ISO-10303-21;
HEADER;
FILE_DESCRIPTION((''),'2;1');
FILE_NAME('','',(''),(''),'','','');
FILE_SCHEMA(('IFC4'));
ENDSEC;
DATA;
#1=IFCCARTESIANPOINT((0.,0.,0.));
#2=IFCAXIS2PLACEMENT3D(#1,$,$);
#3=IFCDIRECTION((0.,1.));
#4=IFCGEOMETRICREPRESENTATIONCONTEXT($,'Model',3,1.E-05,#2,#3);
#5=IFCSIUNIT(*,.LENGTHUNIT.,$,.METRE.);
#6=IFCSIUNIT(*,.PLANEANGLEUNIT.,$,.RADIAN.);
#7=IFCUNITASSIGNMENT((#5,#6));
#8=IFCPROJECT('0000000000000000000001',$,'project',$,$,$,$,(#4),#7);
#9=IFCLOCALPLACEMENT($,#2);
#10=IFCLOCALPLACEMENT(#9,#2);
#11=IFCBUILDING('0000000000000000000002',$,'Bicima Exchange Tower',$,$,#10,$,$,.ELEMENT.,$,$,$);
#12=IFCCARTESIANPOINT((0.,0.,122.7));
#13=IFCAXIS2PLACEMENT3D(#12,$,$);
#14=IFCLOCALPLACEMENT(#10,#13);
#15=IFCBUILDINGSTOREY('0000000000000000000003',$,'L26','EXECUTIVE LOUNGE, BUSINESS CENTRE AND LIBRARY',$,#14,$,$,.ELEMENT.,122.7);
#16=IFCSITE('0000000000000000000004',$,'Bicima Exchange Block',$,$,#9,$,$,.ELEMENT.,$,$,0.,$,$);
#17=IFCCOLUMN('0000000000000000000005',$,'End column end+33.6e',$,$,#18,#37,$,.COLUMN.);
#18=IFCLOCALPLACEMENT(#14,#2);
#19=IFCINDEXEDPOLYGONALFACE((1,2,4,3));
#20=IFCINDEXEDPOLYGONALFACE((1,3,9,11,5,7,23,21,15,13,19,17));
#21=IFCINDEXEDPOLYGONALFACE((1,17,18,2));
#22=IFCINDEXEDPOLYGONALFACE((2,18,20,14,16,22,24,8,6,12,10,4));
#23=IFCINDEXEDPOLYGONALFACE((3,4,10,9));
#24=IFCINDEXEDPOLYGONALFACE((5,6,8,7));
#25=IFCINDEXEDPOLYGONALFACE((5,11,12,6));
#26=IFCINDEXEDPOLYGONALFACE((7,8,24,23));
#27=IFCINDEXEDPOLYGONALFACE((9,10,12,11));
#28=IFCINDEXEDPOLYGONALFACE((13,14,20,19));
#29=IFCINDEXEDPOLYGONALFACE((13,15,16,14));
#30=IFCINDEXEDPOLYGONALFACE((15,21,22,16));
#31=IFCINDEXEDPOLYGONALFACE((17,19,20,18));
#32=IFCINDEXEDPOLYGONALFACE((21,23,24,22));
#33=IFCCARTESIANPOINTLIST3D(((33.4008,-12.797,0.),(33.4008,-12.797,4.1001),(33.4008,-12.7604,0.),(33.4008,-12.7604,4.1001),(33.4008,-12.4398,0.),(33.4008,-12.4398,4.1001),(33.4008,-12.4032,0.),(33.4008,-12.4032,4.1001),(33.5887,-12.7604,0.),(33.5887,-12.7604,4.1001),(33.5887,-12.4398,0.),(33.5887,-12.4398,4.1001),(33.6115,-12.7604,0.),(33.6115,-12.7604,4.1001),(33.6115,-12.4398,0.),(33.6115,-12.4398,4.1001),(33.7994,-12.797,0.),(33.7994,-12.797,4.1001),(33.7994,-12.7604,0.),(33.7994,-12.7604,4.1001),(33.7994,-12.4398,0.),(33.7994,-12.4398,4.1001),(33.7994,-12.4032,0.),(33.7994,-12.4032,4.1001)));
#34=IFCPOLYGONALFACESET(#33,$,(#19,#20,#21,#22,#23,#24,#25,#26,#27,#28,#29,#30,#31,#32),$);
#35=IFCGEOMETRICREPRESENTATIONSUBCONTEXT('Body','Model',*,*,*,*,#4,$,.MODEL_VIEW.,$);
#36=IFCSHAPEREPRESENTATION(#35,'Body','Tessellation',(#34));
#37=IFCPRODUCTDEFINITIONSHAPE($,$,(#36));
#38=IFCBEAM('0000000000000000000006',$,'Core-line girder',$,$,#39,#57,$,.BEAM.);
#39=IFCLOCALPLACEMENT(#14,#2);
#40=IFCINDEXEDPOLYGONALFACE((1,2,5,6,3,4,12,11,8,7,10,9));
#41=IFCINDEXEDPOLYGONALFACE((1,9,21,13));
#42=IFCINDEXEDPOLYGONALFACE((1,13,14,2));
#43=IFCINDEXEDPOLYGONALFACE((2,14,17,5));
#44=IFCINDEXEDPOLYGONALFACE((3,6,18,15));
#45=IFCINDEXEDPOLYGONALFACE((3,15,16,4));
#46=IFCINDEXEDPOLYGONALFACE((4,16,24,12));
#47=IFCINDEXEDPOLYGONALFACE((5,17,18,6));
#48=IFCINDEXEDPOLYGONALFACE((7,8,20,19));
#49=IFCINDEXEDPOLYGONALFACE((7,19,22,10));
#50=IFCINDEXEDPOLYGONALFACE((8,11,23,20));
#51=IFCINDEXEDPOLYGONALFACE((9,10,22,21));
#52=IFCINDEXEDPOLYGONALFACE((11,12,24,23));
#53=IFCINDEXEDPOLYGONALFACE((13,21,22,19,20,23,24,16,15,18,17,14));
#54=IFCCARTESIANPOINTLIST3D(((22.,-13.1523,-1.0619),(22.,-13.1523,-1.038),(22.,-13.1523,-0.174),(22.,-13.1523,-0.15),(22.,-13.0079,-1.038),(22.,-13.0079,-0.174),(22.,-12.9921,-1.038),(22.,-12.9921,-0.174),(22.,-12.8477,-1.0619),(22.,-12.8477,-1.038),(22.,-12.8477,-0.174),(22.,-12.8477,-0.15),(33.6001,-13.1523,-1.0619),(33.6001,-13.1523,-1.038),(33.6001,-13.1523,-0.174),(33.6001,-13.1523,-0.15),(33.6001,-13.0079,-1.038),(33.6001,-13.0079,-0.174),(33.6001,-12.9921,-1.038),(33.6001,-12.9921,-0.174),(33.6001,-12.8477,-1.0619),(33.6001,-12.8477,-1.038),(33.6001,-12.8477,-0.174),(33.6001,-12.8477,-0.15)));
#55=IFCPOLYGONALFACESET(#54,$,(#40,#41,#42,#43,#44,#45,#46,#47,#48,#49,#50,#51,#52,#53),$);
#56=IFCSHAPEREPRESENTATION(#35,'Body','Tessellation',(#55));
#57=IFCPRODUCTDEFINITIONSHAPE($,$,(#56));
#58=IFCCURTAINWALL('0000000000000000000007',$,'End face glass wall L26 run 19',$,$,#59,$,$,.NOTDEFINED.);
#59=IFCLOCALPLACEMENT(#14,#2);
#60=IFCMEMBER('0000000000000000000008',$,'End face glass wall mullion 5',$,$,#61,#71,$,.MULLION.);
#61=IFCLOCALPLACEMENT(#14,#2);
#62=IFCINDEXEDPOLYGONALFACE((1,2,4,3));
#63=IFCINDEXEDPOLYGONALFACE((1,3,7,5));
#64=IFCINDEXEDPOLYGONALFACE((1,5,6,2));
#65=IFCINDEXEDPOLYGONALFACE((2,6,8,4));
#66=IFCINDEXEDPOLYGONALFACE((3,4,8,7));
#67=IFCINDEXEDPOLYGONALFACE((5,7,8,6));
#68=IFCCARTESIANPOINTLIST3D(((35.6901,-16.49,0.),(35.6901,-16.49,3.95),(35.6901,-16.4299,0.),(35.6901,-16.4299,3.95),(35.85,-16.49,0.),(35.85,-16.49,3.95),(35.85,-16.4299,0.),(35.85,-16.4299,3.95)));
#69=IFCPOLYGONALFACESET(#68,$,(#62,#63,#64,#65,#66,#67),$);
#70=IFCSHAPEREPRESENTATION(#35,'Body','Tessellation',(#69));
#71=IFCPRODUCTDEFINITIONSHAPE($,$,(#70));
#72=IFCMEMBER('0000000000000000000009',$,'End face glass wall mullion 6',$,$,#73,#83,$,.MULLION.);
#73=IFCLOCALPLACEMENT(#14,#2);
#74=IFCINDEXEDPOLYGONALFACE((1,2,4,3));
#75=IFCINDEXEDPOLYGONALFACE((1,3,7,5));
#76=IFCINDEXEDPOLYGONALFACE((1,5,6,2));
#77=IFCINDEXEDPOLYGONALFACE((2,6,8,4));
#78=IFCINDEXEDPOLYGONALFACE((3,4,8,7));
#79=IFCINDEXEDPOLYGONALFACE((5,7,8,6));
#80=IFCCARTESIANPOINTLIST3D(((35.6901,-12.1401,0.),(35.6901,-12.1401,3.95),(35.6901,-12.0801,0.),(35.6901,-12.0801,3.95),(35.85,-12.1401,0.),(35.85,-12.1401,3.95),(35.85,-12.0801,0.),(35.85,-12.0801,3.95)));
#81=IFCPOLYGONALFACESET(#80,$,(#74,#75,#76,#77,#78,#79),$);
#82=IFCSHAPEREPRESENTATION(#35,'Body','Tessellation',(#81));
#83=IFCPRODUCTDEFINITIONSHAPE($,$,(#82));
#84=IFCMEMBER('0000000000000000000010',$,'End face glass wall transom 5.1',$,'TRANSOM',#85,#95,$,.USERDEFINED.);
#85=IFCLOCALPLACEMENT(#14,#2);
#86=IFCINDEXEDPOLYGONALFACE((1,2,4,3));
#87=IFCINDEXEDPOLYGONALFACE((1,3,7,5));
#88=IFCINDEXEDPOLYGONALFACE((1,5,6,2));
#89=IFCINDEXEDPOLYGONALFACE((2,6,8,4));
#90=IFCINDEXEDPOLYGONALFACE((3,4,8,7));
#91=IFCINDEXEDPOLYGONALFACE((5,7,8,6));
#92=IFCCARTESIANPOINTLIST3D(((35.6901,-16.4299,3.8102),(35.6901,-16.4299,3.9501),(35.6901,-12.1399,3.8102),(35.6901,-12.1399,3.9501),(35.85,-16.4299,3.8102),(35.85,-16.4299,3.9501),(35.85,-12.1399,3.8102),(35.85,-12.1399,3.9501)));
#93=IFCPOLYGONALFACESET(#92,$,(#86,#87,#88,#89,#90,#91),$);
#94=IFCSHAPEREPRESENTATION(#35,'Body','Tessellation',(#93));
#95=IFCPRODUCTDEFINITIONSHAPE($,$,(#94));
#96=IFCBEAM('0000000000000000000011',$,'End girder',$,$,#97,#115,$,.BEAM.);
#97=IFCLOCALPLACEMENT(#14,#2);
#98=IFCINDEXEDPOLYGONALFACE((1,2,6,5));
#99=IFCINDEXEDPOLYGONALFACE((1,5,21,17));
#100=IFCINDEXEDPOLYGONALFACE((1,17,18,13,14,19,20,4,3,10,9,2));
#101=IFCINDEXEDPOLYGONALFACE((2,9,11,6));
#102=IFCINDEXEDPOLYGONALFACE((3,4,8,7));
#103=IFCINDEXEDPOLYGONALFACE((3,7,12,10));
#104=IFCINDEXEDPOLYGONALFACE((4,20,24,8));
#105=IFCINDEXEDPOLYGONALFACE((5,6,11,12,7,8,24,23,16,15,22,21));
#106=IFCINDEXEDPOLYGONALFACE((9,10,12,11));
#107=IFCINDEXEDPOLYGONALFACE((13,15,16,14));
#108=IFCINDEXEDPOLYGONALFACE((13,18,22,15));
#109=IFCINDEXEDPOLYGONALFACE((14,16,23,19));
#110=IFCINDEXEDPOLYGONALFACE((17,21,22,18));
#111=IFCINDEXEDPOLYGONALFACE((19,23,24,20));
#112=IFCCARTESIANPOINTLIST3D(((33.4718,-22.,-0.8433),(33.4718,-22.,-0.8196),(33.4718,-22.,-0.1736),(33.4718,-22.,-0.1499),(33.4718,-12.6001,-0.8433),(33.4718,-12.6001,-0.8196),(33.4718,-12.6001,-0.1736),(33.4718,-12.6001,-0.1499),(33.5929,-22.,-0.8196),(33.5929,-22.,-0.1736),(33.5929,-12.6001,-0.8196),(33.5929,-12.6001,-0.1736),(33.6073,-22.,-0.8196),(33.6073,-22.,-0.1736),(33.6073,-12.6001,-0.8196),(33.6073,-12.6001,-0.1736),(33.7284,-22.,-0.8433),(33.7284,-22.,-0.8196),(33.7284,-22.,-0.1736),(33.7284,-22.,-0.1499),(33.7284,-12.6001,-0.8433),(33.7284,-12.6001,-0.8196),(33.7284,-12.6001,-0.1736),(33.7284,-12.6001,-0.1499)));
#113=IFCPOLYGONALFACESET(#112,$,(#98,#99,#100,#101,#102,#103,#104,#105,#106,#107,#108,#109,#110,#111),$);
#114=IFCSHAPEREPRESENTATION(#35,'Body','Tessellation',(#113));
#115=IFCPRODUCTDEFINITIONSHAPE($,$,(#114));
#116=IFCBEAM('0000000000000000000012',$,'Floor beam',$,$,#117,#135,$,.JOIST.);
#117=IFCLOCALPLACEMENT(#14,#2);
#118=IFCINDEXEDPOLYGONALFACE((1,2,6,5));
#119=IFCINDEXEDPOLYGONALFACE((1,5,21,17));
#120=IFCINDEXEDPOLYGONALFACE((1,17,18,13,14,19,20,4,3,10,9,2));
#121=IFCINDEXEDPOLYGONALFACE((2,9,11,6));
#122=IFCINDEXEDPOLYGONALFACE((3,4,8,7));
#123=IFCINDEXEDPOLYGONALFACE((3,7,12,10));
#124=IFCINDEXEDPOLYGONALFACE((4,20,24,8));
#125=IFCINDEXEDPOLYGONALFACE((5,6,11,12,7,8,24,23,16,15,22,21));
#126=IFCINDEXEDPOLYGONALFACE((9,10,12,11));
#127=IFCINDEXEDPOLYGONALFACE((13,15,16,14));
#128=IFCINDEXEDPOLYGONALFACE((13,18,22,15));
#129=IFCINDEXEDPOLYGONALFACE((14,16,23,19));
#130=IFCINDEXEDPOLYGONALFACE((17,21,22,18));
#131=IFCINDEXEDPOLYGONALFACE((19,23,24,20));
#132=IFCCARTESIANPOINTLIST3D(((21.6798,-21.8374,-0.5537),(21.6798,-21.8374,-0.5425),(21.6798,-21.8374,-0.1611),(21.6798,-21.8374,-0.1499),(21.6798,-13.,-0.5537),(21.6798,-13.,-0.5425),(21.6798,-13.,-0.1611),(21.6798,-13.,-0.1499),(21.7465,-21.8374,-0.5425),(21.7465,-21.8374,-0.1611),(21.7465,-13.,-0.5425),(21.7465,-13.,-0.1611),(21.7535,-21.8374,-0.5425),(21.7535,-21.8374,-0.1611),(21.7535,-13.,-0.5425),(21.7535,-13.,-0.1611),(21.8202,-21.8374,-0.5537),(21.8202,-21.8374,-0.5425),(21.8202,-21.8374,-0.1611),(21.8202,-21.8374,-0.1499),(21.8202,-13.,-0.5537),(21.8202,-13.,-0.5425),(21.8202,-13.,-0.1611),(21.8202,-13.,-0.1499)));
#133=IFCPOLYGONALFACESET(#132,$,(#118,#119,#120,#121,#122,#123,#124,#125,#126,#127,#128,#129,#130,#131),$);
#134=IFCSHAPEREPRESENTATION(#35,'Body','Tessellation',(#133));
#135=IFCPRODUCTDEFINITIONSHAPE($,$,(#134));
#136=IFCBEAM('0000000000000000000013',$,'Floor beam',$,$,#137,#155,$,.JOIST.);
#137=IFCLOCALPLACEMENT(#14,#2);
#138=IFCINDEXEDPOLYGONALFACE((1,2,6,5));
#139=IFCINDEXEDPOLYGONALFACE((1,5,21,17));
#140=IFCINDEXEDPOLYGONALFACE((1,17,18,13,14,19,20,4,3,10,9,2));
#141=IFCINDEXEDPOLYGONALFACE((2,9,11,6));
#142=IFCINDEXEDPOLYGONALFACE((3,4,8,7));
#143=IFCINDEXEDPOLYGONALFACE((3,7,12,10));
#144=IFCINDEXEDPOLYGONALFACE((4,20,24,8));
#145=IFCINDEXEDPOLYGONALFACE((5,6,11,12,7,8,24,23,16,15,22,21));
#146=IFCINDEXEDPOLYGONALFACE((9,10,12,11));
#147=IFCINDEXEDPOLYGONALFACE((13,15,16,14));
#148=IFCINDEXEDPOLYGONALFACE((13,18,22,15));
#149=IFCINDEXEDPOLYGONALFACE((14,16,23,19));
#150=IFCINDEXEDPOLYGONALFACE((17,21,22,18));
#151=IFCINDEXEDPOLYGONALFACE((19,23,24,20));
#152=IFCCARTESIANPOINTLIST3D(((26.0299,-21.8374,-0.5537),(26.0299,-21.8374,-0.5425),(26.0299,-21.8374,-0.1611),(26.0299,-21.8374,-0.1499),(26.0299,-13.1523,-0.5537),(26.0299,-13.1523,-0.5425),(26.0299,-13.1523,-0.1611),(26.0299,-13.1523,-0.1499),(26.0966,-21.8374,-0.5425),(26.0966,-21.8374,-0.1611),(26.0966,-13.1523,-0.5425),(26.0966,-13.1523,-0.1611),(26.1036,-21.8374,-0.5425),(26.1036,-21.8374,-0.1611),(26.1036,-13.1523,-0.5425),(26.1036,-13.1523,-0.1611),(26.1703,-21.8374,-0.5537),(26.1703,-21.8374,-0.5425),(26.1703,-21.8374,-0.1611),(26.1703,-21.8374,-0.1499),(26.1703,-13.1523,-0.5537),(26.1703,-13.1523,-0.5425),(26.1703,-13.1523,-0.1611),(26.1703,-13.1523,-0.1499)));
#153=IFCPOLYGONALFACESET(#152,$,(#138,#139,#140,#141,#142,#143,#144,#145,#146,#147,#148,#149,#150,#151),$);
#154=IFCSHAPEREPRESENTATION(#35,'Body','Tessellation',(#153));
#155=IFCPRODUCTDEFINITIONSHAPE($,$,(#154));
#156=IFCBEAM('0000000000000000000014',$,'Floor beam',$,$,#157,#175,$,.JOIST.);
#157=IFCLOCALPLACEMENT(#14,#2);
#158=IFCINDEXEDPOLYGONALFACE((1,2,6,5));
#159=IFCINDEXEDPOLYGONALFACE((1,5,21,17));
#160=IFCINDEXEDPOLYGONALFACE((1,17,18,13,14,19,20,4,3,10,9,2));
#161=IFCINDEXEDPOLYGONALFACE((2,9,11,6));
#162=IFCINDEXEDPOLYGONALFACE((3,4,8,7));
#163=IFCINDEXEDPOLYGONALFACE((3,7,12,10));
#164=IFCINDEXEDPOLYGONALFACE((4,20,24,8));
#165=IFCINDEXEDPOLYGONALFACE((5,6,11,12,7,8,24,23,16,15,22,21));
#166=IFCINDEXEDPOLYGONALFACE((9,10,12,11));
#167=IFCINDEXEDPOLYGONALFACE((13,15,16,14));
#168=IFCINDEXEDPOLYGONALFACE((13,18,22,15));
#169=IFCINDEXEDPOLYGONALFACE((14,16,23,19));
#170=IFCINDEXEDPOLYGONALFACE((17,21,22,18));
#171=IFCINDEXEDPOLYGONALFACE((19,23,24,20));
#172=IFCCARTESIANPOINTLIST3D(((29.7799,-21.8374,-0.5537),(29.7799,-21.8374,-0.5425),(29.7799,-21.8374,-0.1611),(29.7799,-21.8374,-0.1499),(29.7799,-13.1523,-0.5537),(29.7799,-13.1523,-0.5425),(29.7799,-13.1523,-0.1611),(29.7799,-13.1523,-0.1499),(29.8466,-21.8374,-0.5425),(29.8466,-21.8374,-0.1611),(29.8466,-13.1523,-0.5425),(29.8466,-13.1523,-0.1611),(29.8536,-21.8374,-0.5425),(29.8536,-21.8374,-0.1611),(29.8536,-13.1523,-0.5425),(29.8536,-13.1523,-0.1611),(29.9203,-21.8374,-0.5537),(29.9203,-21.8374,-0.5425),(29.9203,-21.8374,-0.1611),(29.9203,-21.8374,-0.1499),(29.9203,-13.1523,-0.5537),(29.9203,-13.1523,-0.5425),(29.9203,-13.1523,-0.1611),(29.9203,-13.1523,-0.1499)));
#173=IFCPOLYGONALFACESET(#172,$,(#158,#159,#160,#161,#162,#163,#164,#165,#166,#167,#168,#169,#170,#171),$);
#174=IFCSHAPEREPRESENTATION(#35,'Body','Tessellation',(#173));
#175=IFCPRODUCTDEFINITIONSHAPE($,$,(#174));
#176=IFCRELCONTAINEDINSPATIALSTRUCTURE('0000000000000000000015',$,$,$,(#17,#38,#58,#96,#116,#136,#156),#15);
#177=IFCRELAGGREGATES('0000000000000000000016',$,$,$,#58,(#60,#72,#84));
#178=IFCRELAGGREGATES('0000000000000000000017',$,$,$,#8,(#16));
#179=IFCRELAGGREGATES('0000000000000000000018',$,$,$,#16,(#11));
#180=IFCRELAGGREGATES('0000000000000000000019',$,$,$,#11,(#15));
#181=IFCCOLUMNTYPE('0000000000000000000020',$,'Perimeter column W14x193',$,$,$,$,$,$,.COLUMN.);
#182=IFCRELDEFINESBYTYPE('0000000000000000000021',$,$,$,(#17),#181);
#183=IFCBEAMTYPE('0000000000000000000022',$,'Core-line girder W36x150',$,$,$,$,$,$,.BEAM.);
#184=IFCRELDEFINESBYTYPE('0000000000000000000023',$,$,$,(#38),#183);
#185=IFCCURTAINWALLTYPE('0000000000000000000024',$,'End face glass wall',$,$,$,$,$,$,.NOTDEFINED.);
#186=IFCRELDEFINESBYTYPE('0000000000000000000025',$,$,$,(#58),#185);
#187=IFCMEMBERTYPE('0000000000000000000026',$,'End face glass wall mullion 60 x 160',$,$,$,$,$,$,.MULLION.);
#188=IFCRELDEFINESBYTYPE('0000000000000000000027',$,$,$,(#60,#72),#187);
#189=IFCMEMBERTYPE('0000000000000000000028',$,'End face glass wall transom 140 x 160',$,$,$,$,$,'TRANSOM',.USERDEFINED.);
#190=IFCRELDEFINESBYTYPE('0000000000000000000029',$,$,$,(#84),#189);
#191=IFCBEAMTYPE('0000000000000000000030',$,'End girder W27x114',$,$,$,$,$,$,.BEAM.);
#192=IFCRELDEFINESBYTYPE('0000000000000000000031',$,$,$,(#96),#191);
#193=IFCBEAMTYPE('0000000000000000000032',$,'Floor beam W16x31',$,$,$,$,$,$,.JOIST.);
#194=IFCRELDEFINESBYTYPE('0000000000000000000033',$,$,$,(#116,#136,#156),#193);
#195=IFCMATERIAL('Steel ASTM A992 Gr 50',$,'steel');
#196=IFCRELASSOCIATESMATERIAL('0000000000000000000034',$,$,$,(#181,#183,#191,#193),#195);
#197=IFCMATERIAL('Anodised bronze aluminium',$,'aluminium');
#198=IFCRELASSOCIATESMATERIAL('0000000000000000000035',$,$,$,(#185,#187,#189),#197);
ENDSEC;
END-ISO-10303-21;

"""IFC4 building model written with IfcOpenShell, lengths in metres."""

from ifc_helpers import new_model, si_unit, direction, frame, origin, origin_2d, place, context, subcontext, project, spatial, rectangle, i_section, extrude, material, material_profile, profile_set, type_object, element, aggregate, save


model = new_model("IFC4")

# Units and contexts
model_context = context("Model", 3, precision=1e-05, world=origin(), true_north=direction((0.0, 1.0)))
body_context = subcontext(model_context, "Body", "Model", "MODEL_VIEW")
ifc_project = project(units=[si_unit("LENGTHUNIT", "METRE"), si_unit("PLANEANGLEUNIT", "RADIAN")], contexts=[model_context])

# Site, building, storey
site_placement = place(None, origin())
site = spatial("IfcSite", under=ifc_project, at=site_placement, Name="Bicima Exchange Block", CompositionType="ELEMENT", RefElevation=0.0)
building_placement = place(site_placement, origin())
building = spatial("IfcBuilding", under=site, at=building_placement, Name="Bicima Exchange Tower", CompositionType="ELEMENT")
storey_placement = place(building_placement, frame((0.0, 0.0, 122.7)))
storey = spatial("IfcBuildingStorey", under=building, at=storey_placement, Name="L26", Description="EXECUTIVE LOUNGE, BUSINESS CENTRE AND LIBRARY", CompositionType="ELEMENT", Elevation=122.7)

# Column
ifc_material_1 = material(Name="Steel ASTM A992 Gr 50", Category="steel")
ifc_material_profile_1 = material_profile(ifc_material_1, i_section(OverallWidth=0.3987, OverallDepth=0.3938, WebThickness=0.0227, FlangeThickness=0.0366, at=origin_2d()))
ifc_profile_set_1 = profile_set([ifc_material_profile_1], Name="Steel ASTM A992 Gr 50")
column_type = type_object("IfcColumnType", Name="Perimeter column W14x193", PredefinedType="COLUMN", material=ifc_profile_set_1)
column_placement = place(storey_placement, frame((33.6001, -12.6001, 0.0), z_axis=(0.0, 0.0, 1.0), x_axis=(1.0, 0.0, 0.0)))
element("IfcColumn", 1, at=column_placement, inside=storey, type_object=column_type, Name="End column end+33.6e", PredefinedType="COLUMN", context=body_context, shape_type="SweptSolid", body=[
    extrude(i_section(OverallWidth=0.3987, OverallDepth=0.3938, WebThickness=0.0227, FlangeThickness=0.0366, at=origin_2d()), origin(), (0.0, 0.0, 1.0), 4.1001),
])

# Beam
ifc_material_profile_2 = material_profile(ifc_material_1, i_section(OverallWidth=0.3047, OverallDepth=0.9119, WebThickness=0.0159, FlangeThickness=0.0239, at=origin_2d()))
ifc_profile_set_2 = profile_set([ifc_material_profile_2], Name="Steel ASTM A992 Gr 50")
beam_type_1 = type_object("IfcBeamType", Name="Core-line girder W36x150", PredefinedType="BEAM", material=ifc_profile_set_2)
beam_1_placement = place(storey_placement, frame((22.0, -13.0, -0.606), z_axis=(1.0, 0.0, 0.0), x_axis=(0.0, 1.0, 0.0)))
element("IfcBeam", 2, at=beam_1_placement, inside=storey, type_object=beam_type_1, Name="Core-line girder", PredefinedType="BEAM", context=body_context, shape_type="SweptSolid", body=[
    extrude(i_section(OverallWidth=0.3047, OverallDepth=0.9119, WebThickness=0.0159, FlangeThickness=0.0239, at=origin_2d()), origin(), (0.0, 0.0, 1.0), 11.6001),
])

# Curtain wall, members
ifc_material_2 = material(Name="Anodised bronze aluminium", Category="aluminium")
curtain_wall_type = type_object("IfcCurtainWallType", Name="End face glass wall", PredefinedType="NOTDEFINED", material=ifc_material_2)
curtain_wall_placement = place(storey_placement, origin())
curtain_wall = element("IfcCurtainWall", 3, at=curtain_wall_placement, inside=storey, type_object=curtain_wall_type, Name="End face glass wall L26 run 19", PredefinedType="NOTDEFINED")
ifc_material_profile_3 = material_profile(ifc_material_2, rectangle(XDim=0.1599, YDim=0.0601, at=origin_2d()))
ifc_profile_set_3 = profile_set([ifc_material_profile_3], Name="Anodised bronze aluminium")
member_type_1 = type_object("IfcMemberType", Name="End face glass wall mullion 60 x 160", PredefinedType="MULLION", material=ifc_profile_set_3)
member_1_placement = place(storey_placement, frame((35.77, -16.46, 0.0), z_axis=(0.0, 0.0, 1.0), x_axis=(-1.0, 0.0, 0.0)))
member_1 = element("IfcMember", 4, at=member_1_placement, type_object=member_type_1, Name="End face glass wall mullion 5", PredefinedType="MULLION", context=body_context, shape_type="SweptSolid", body=[
    extrude(rectangle(XDim=0.1599, YDim=0.0601, at=origin_2d()), origin(), (0.0, 0.0, 1.0), 3.95),
])
member_2_placement = place(storey_placement, frame((35.77, -12.1101, 0.0), z_axis=(0.0, 0.0, 1.0), x_axis=(-1.0, 0.0, 0.0)))
member_2 = element("IfcMember", 5, at=member_2_placement, type_object=member_type_1, Name="End face glass wall mullion 6", PredefinedType="MULLION", context=body_context, shape_type="SweptSolid", body=[
    extrude(rectangle(XDim=0.1599, YDim=0.0601, at=origin_2d()), origin(), (0.0, 0.0, 1.0), 3.95),
])
ifc_material_profile_4 = material_profile(ifc_material_2, rectangle(XDim=0.1599, YDim=0.1399, at=origin_2d()))
ifc_profile_set_4 = profile_set([ifc_material_profile_4], Name="Anodised bronze aluminium")
member_type_2 = type_object("IfcMemberType", Name="End face glass wall transom 140 x 160", ElementType="TRANSOM", PredefinedType="USERDEFINED", material=ifc_profile_set_4)
member_3_placement = place(storey_placement, frame((35.77, -16.4299, 3.8801), z_axis=(0.0, 1.0, 0.0), x_axis=(-1.0, 0.0, 0.0)))
member_3 = element("IfcMember", 6, at=member_3_placement, type_object=member_type_2, Name="End face glass wall transom 5.1", ObjectType="TRANSOM", PredefinedType="USERDEFINED", context=body_context, shape_type="SweptSolid", body=[
    extrude(rectangle(XDim=0.1599, YDim=0.1399, at=origin_2d()), origin(), (0.0, 0.0, 1.0), 4.29),
])

# Beams
ifc_material_profile_5 = material_profile(ifc_material_1, i_section(OverallWidth=0.2566, OverallDepth=0.6934, WebThickness=0.0144, FlangeThickness=0.0237, at=origin_2d()))
ifc_profile_set_5 = profile_set([ifc_material_profile_5], Name="Steel ASTM A992 Gr 50")
beam_type_2 = type_object("IfcBeamType", Name="End girder W27x114", PredefinedType="BEAM", material=ifc_profile_set_5)
beam_2_placement = place(storey_placement, frame((33.6001, -12.6001, -0.4966), z_axis=(0.0, -1.0, 0.0), x_axis=(1.0, 0.0, 0.0)))
element("IfcBeam", 7, at=beam_2_placement, inside=storey, type_object=beam_type_2, Name="End girder", PredefinedType="BEAM", context=body_context, shape_type="SweptSolid", body=[
    extrude(i_section(OverallWidth=0.2566, OverallDepth=0.6934, WebThickness=0.0144, FlangeThickness=0.0237, at=origin_2d()), origin(), (0.0, 0.0, 1.0), 9.3999),
])
ifc_material_profile_6 = material_profile(ifc_material_1, i_section(OverallWidth=0.1404, OverallDepth=0.4038, WebThickness=0.0071, FlangeThickness=0.0112, at=origin_2d()))
ifc_profile_set_6 = profile_set([ifc_material_profile_6], Name="Steel ASTM A992 Gr 50")
beam_type_3 = type_object("IfcBeamType", Name="Floor beam W16x31", PredefinedType="JOIST", material=ifc_profile_set_6)
beam_3_placement = place(storey_placement, frame((21.75, -13.0, -0.3518), z_axis=(0.0, -1.0, 0.0), x_axis=(1.0, 0.0, 0.0)))
element("IfcBeam", 8, at=beam_3_placement, inside=storey, type_object=beam_type_3, Name="Floor beam", PredefinedType="JOIST", context=body_context, shape_type="SweptSolid", body=[
    extrude(i_section(OverallWidth=0.1404, OverallDepth=0.4038, WebThickness=0.0071, FlangeThickness=0.0112, at=origin_2d()), origin(), (0.0, 0.0, 1.0), 8.8374),
])
for number, where, z_axis, x_axis, name in (
    (9, (26.1001, -13.1523, -0.3518), (0.0, -1.0, 0.0), (1.0, 0.0, 0.0), "Floor beam"),
    (10, (29.8501, -13.1523, -0.3518), (0.0, -1.0, 0.0), (1.0, 0.0, 0.0), "Floor beam"),
):
    element("IfcBeam", number, at=place(storey_placement, frame(where, z_axis=z_axis, x_axis=x_axis)), inside=storey, type_object=beam_type_3, Name=name, PredefinedType="JOIST", context=body_context, shape_type="SweptSolid", body=[
        extrude(i_section(OverallWidth=0.1404, OverallDepth=0.4038, WebThickness=0.0071, FlangeThickness=0.0112, at=origin_2d()), origin(), (0.0, 0.0, 1.0), 8.6851),
    ])

aggregate(curtain_wall, [member_1, member_2, member_3])

save(model, "model.ifc")
